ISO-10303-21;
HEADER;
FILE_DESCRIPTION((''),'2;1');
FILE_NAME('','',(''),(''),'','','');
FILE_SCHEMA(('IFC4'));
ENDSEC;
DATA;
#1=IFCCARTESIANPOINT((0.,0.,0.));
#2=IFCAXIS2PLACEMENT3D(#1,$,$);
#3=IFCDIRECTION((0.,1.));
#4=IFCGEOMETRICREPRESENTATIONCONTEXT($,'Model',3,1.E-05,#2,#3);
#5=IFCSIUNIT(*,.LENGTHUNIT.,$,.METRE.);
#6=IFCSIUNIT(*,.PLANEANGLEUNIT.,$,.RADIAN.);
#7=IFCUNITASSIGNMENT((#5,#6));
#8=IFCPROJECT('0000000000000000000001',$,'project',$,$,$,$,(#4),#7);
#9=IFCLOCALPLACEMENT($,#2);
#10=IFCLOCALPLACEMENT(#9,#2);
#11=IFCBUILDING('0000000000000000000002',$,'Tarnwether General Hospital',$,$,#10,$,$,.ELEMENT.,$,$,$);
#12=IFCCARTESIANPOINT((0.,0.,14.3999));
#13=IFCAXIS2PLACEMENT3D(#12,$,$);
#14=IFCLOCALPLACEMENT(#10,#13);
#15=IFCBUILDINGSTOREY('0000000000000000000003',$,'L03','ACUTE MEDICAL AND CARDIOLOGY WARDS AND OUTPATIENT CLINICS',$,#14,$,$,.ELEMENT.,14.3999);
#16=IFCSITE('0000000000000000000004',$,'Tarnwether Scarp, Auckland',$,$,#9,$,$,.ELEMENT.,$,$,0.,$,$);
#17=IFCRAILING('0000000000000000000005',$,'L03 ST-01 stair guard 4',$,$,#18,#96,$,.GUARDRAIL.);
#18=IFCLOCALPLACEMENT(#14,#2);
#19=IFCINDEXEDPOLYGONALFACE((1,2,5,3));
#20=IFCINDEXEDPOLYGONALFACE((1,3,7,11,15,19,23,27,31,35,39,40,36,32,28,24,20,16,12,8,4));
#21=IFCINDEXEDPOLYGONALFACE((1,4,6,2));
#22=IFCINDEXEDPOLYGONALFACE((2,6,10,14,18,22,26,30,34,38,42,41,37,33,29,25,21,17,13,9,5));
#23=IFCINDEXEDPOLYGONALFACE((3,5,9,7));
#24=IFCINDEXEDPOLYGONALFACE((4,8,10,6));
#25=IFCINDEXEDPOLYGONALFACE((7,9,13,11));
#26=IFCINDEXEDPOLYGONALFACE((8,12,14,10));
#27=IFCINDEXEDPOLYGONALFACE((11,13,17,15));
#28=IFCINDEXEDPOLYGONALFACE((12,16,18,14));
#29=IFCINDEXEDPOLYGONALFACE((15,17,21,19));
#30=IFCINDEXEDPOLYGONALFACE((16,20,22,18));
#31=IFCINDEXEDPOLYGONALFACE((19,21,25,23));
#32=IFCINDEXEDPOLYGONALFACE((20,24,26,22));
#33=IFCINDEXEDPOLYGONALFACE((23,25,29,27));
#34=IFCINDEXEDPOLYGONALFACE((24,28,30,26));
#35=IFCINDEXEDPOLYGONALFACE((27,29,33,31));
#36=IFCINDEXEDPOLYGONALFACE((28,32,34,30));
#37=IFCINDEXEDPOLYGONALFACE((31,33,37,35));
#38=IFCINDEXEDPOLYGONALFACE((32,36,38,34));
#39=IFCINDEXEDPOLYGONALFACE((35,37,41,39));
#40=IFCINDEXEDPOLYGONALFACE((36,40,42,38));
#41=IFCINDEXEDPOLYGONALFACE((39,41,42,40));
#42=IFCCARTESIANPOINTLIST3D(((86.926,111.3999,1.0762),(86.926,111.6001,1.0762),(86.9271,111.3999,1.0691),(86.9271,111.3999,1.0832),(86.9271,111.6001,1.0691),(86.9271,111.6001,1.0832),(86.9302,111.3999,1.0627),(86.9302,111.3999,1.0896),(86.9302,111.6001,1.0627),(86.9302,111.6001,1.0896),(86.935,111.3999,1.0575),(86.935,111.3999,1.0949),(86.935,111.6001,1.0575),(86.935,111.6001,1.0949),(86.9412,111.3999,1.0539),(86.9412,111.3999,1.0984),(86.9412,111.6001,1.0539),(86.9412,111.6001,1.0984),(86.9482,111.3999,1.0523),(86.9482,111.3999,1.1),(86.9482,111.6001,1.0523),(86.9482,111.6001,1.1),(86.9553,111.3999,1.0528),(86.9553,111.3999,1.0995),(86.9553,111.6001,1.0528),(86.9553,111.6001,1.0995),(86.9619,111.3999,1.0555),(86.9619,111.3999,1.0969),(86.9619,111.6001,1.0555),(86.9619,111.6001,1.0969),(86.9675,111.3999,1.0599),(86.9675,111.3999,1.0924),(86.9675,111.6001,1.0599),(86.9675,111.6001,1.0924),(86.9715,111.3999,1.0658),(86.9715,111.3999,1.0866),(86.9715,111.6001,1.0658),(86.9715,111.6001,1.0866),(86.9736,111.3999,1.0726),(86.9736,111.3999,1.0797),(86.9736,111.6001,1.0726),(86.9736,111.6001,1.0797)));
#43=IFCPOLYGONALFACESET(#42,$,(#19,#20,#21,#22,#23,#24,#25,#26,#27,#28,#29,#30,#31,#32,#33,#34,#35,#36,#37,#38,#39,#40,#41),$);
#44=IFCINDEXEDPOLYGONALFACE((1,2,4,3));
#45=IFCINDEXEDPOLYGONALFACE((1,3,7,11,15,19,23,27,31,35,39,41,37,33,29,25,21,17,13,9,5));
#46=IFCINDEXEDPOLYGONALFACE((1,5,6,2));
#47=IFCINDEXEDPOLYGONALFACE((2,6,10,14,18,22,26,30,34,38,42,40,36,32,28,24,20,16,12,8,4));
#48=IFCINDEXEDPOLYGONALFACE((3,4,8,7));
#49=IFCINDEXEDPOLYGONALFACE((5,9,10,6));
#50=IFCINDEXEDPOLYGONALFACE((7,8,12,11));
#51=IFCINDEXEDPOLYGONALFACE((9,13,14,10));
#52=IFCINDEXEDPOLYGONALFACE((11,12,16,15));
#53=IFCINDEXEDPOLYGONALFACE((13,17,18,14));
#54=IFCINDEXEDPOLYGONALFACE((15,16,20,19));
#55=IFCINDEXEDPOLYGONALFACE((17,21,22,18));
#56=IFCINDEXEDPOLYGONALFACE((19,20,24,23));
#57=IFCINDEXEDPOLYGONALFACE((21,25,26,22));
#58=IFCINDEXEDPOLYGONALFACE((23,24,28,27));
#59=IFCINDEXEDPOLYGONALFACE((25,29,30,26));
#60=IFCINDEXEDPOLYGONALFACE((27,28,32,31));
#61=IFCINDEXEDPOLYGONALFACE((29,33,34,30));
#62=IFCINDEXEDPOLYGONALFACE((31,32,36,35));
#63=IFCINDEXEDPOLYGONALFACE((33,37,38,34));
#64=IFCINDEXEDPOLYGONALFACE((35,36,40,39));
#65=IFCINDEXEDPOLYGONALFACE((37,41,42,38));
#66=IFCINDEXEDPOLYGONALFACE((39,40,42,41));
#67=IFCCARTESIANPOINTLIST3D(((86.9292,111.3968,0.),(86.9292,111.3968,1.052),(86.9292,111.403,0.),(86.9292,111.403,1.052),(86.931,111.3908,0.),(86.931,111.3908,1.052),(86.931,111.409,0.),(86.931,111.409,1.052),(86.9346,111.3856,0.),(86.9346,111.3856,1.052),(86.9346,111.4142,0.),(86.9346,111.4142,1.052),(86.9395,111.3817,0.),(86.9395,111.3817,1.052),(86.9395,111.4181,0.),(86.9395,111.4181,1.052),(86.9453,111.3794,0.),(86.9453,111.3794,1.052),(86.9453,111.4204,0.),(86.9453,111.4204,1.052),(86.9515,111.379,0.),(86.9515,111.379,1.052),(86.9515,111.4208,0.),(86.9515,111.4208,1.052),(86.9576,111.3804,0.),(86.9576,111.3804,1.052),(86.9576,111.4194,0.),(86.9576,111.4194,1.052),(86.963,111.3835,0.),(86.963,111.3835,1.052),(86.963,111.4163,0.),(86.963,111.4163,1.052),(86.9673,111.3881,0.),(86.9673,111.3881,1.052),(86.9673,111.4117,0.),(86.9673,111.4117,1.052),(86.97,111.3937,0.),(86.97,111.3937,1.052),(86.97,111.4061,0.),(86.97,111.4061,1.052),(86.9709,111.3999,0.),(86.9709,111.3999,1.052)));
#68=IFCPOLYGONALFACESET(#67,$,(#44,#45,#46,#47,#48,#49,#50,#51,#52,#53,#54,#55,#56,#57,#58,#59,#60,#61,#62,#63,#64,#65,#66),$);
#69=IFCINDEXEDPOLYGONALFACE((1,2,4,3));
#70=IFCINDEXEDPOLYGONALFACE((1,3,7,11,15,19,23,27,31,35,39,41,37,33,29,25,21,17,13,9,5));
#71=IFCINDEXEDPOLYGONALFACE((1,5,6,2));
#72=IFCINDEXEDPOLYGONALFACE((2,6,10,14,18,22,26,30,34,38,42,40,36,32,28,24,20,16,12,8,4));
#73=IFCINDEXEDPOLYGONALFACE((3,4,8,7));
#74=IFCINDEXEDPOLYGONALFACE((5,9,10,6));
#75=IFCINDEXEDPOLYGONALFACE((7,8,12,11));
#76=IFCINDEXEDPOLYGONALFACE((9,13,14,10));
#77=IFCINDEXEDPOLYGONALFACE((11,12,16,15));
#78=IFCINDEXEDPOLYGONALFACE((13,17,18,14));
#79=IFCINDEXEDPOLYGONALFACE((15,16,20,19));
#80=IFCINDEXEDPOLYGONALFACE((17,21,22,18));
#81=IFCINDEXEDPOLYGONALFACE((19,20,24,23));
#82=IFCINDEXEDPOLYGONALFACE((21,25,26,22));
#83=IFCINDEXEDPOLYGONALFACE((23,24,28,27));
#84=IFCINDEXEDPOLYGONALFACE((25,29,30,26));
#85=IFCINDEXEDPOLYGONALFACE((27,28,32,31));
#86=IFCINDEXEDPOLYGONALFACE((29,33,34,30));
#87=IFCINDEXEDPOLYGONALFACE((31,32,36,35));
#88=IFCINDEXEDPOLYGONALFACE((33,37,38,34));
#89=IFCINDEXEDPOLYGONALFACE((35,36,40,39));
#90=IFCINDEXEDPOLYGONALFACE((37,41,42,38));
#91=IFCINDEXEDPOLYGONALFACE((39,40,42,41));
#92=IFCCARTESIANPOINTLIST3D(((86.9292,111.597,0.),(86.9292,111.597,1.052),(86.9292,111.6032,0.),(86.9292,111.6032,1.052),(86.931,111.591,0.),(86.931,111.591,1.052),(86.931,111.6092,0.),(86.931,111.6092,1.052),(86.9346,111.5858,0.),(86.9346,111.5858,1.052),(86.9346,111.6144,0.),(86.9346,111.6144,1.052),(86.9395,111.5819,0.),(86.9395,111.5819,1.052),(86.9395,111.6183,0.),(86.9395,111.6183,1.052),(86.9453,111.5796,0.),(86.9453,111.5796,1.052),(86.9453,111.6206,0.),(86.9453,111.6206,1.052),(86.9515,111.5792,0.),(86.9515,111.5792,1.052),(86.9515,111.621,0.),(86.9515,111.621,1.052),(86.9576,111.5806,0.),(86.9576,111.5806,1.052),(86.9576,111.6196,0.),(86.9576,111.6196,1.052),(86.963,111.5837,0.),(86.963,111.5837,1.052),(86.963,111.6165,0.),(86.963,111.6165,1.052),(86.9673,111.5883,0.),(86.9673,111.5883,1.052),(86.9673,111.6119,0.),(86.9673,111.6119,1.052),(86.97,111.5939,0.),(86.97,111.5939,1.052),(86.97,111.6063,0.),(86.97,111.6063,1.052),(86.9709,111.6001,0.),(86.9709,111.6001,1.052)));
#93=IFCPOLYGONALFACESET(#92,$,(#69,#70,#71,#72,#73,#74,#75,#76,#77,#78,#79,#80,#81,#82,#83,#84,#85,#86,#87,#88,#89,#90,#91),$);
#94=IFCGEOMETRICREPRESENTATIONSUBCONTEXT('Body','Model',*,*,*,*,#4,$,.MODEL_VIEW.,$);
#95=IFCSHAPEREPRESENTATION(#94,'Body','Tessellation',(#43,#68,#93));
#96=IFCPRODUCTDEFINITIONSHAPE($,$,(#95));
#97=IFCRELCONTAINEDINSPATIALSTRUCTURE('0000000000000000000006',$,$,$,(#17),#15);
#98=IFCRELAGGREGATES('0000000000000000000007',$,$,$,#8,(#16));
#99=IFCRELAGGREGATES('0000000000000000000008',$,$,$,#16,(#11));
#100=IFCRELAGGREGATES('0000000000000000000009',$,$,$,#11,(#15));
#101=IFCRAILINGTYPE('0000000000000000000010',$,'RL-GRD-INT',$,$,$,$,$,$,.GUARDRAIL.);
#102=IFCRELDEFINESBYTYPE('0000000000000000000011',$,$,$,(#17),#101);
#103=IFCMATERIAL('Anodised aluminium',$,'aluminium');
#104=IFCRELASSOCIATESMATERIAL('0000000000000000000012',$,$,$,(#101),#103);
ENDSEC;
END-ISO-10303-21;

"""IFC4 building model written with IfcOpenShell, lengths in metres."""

from ifc_helpers import new_model, si_unit, direction, frame, origin, origin_2d, place, context, subcontext, project, spatial, circle, extrude, material, type_object, element, save


model = new_model("IFC4")

# Units and contexts
model_context = context("Model", 3, precision=1e-05, world=origin(), true_north=direction((0.0, 1.0)))
body_context = subcontext(model_context, "Body", "Model", "MODEL_VIEW")
ifc_project = project(units=[si_unit("LENGTHUNIT", "METRE"), si_unit("PLANEANGLEUNIT", "RADIAN")], contexts=[model_context])

# Site, building, storey
site_placement = place(None, origin())
site = spatial("IfcSite", under=ifc_project, at=site_placement, Name="Tarnwether Scarp, Auckland", CompositionType="ELEMENT", RefElevation=0.0)
building_placement = place(site_placement, origin())
building = spatial("IfcBuilding", under=site, at=building_placement, Name="Tarnwether General Hospital", CompositionType="ELEMENT")
storey_placement = place(building_placement, frame((0.0, 0.0, 14.3999)))
storey = spatial("IfcBuildingStorey", under=building, at=storey_placement, Name="L03", Description="ACUTE MEDICAL AND CARDIOLOGY WARDS AND OUTPATIENT CLINICS", CompositionType="ELEMENT", Elevation=14.3999)

# Railing
ifc_material_1 = material(Name="Anodised aluminium", Category="aluminium")
railing_type_1 = type_object("IfcRailingType", Name="RL-GRD-INT", PredefinedType="GUARDRAIL", material=ifc_material_1)
railing_1_placement = place(storey_placement, frame((86.95, 111.3999, 0.0)))
element("IfcRailing", 1, at=railing_1_placement, inside=storey, type_object=railing_type_1, Name="L03 ST-01 stair guard 4", PredefinedType="GUARDRAIL", context=body_context, shape_type="SweptSolid", body=[
    extrude(circle(Radius=0.0239, at=origin_2d()), frame((0.0, 0.0, 1.0762), z_axis=(0.0, 1.0, 0.0), x_axis=(-1.0, 0.0, 0.0)), (0.0, 0.0, 1.0), 0.2002),
    extrude(circle(Radius=0.021, at=origin_2d()), origin(), (0.0, 0.0, 1.0), 1.052),
    extrude(circle(Radius=0.021, at=origin_2d()), frame((0.0, 0.2002, 0.0)), (0.0, 0.0, 1.0), 1.052),
])

save(model, "model.ifc")
